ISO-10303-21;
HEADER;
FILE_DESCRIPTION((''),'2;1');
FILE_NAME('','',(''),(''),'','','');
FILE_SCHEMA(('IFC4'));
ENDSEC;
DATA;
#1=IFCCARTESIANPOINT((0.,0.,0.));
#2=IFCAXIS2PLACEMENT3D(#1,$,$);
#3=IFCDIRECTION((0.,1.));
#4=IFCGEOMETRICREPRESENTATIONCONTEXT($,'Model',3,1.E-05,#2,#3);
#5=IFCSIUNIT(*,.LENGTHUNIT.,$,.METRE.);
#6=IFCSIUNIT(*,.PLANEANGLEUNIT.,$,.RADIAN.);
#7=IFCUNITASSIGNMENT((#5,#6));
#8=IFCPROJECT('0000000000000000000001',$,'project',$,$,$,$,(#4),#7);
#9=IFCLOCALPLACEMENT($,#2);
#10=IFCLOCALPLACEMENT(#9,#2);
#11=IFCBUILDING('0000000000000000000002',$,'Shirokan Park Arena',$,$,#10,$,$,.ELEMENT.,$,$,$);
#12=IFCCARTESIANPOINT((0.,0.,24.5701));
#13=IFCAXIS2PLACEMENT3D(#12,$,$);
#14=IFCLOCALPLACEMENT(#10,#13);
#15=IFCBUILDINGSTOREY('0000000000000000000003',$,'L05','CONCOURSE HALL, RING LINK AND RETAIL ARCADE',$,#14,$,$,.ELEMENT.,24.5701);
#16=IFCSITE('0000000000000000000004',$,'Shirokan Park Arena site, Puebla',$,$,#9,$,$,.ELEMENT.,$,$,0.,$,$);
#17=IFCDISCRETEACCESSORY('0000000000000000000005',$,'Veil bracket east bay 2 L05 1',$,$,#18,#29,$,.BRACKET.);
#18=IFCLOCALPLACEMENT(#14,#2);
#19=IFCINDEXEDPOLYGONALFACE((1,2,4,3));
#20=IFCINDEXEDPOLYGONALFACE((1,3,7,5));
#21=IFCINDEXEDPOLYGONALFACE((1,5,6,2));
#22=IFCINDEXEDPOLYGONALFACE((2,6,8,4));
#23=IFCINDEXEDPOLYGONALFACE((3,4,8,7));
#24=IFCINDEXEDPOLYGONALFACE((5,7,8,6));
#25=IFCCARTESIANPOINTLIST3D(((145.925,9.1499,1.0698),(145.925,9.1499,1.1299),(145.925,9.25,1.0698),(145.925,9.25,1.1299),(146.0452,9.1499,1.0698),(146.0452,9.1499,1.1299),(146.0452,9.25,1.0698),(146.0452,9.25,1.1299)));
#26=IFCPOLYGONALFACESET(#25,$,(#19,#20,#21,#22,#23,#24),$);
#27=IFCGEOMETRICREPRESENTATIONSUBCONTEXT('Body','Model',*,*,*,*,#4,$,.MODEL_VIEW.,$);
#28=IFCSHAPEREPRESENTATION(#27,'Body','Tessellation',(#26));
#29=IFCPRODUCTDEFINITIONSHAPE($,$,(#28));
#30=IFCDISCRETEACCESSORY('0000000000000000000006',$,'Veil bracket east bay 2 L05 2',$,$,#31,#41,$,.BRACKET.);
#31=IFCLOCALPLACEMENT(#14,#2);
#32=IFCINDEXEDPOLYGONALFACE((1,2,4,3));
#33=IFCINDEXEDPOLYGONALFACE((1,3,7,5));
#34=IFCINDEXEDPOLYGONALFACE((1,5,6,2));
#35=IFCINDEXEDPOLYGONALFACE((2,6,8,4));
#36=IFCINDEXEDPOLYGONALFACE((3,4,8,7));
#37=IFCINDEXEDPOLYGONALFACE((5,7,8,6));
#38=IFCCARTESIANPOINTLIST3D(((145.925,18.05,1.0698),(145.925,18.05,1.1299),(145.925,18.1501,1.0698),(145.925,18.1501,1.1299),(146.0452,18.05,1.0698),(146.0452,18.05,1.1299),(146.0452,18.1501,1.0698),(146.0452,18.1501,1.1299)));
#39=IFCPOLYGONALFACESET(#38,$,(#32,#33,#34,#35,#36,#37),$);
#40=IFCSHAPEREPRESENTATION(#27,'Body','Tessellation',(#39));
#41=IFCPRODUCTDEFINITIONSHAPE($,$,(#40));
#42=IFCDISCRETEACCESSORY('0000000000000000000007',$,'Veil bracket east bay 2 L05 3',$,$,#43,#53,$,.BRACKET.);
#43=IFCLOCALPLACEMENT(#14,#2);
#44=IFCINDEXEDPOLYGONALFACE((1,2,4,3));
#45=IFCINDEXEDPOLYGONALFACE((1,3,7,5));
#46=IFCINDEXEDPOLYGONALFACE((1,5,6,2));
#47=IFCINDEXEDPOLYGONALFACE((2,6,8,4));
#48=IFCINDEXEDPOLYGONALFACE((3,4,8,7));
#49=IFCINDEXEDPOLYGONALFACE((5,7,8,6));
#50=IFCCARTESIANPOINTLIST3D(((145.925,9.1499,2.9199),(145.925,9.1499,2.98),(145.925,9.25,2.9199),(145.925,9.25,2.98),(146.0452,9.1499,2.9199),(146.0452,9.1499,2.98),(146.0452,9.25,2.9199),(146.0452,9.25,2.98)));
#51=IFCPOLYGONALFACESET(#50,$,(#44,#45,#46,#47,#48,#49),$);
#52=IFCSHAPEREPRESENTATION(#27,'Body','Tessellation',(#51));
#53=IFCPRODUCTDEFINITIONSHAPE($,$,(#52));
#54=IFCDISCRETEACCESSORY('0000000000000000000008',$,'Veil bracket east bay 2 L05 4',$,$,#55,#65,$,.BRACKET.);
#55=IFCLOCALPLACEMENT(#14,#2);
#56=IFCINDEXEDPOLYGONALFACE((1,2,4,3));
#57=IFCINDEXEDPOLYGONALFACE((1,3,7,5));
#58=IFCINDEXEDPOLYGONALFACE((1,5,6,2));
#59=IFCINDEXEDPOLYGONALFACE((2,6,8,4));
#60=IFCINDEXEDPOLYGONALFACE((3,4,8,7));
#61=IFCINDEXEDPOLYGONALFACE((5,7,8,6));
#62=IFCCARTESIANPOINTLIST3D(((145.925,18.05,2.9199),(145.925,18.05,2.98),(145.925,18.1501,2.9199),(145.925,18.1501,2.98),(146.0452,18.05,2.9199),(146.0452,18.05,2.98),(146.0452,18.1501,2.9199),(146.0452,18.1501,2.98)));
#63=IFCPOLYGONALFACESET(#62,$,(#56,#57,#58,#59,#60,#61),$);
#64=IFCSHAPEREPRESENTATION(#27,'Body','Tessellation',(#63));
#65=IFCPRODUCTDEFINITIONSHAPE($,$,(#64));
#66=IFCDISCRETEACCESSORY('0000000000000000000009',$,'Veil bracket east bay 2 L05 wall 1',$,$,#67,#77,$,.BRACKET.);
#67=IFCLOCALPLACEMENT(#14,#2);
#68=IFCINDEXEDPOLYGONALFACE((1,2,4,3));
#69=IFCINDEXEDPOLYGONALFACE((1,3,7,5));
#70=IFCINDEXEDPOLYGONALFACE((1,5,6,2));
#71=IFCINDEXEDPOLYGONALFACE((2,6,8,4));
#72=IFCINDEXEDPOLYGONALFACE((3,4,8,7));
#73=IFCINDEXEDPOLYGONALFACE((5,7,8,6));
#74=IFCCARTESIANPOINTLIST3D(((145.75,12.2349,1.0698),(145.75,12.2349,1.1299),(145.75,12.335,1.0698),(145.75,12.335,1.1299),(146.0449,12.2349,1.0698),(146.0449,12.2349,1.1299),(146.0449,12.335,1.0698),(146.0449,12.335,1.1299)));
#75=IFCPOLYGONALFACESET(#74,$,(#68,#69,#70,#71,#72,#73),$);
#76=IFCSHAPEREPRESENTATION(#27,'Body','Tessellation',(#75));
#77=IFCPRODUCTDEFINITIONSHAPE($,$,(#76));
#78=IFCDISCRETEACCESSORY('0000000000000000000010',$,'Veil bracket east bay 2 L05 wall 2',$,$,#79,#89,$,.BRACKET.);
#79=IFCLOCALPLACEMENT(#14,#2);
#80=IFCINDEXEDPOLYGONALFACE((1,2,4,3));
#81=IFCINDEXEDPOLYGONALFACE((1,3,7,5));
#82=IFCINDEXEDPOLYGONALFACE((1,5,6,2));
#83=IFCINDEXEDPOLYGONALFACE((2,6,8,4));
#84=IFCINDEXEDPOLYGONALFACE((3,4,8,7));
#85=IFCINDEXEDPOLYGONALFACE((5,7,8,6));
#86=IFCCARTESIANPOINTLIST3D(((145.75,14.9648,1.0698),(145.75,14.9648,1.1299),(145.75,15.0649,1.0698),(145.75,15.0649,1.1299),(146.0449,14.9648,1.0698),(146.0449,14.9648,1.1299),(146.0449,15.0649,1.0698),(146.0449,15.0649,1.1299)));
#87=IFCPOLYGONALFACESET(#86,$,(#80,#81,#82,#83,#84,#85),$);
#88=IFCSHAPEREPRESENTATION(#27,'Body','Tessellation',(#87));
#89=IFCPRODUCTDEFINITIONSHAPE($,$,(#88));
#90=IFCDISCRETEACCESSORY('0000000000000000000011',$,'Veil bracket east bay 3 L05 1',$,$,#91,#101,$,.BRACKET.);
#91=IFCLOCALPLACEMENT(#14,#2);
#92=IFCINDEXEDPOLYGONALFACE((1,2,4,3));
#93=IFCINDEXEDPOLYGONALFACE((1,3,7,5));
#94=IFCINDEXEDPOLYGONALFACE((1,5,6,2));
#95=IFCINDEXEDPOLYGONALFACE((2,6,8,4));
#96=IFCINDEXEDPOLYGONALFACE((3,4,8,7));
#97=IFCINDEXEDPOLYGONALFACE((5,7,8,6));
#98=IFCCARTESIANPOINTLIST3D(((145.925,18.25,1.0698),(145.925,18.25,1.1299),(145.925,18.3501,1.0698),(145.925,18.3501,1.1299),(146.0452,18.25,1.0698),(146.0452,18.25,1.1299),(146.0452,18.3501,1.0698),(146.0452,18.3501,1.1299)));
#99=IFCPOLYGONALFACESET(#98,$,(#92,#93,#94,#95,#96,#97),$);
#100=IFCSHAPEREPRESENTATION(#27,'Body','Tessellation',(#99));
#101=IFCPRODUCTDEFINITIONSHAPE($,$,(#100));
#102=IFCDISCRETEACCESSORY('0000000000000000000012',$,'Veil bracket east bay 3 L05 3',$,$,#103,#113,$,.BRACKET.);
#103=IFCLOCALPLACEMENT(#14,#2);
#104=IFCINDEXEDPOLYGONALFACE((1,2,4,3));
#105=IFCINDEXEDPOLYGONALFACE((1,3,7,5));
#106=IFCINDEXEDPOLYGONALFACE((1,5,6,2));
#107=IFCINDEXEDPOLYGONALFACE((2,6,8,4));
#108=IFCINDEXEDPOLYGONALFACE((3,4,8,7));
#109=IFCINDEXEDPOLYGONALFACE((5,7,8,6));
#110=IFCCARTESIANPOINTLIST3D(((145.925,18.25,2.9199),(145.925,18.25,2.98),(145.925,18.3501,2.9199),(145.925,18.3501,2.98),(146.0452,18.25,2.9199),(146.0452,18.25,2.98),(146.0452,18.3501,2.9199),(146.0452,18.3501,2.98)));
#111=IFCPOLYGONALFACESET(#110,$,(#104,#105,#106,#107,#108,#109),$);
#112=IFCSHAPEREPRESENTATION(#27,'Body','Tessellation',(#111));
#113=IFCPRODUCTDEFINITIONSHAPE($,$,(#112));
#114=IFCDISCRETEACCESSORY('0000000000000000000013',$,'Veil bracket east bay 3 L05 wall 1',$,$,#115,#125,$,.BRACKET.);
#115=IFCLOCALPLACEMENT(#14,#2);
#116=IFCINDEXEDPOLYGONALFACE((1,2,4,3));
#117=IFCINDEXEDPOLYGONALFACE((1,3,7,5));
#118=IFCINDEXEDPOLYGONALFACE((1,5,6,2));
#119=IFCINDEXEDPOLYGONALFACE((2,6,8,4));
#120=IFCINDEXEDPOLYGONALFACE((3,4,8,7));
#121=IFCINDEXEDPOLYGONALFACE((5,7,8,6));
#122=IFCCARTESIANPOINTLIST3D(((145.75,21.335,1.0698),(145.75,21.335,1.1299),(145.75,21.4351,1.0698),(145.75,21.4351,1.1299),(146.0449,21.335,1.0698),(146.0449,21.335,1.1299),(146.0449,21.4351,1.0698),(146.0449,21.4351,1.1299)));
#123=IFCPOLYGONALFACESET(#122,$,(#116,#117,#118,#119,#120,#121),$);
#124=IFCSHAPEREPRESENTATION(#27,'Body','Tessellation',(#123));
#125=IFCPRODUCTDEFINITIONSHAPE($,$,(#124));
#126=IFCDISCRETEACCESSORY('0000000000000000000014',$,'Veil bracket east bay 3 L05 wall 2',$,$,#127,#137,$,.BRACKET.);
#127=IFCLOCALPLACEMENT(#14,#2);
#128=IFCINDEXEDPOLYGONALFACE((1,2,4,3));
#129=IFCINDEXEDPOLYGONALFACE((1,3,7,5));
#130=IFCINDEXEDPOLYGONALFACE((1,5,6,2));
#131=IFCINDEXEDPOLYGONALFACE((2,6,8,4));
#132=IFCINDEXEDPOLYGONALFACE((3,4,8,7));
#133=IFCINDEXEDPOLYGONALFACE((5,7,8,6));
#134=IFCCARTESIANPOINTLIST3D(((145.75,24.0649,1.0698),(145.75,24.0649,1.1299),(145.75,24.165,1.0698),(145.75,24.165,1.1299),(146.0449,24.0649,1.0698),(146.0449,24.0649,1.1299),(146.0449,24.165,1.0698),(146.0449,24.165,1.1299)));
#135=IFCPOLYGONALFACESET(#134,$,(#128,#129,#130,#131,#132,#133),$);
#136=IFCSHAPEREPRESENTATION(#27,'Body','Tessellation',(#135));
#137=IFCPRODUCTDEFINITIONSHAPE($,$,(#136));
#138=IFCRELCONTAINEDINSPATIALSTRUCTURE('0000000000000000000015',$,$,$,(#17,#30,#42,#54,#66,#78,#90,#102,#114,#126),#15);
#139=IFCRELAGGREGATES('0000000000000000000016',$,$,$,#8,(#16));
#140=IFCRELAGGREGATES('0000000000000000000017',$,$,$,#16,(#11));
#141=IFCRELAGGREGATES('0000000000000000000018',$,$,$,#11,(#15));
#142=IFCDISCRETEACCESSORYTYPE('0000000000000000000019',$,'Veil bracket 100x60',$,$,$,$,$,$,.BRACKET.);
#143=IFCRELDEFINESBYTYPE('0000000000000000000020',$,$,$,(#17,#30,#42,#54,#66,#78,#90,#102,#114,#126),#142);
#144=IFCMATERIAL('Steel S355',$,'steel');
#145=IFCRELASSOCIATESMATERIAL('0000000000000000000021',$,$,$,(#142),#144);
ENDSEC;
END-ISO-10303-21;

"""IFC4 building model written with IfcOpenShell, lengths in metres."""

from ifc_helpers import new_model, si_unit, direction, frame, origin, origin_2d, place, context, subcontext, project, spatial, rectangle, extrude, material, type_object, element, save


model = new_model("IFC4")

# Units and contexts
model_context = context("Model", 3, precision=1e-05, world=origin(), true_north=direction((0.0, 1.0)))
body_context = subcontext(model_context, "Body", "Model", "MODEL_VIEW")
ifc_project = project(units=[si_unit("LENGTHUNIT", "METRE"), si_unit("PLANEANGLEUNIT", "RADIAN")], contexts=[model_context])

# Site, building, storey
site_placement = place(None, origin())
site = spatial("IfcSite", under=ifc_project, at=site_placement, Name="Shirokan Park Arena site, Puebla", CompositionType="ELEMENT", RefElevation=0.0)
building_placement = place(site_placement, origin())
building = spatial("IfcBuilding", under=site, at=building_placement, Name="Shirokan Park Arena", CompositionType="ELEMENT")
storey_placement = place(building_placement, frame((0.0, 0.0, 24.5701)))
storey = spatial("IfcBuildingStorey", under=building, at=storey_placement, Name="L05", Description="CONCOURSE HALL, RING LINK AND RETAIL ARCADE", CompositionType="ELEMENT", Elevation=24.5701)

# Discrete accessories
ifc_material_1 = material(Name="Steel S355", Category="steel")
discrete_accessory_type = type_object("IfcDiscreteAccessoryType", Name="Veil bracket 100x60", PredefinedType="BRACKET", material=ifc_material_1)
for number, where, z_axis, x_axis, name in (
    (1, (145.9851, 9.2, 1.0698), (0.0, 0.0, 1.0), (0.0, 1.0, 0.0), "Veil bracket east bay 2 L05 1"),
    (2, (145.9851, 18.1001, 1.0698), (0.0, 0.0, 1.0), (0.0, 1.0, 0.0), "Veil bracket east bay 2 L05 2"),
    (3, (145.9851, 9.2, 2.9199), (0.0, 0.0, 1.0), (0.0, 1.0, 0.0), "Veil bracket east bay 2 L05 3"),
    (4, (145.9851, 18.1001, 2.9199), (0.0, 0.0, 1.0), (0.0, 1.0, 0.0), "Veil bracket east bay 2 L05 4"),
):
    element("IfcDiscreteAccessory", number, at=place(storey_placement, frame(where, z_axis=z_axis, x_axis=x_axis)), inside=storey, type_object=discrete_accessory_type, Name=name, PredefinedType="BRACKET", context=body_context, shape_type="SweptSolid", body=[
        extrude(rectangle(XDim=0.1001, YDim=0.1201, at=origin_2d()), origin(), (0.0, 0.0, 1.0), 0.0601),
    ])
for number, where, z_axis, x_axis, name in (
    (5, (145.8975, 12.2849, 1.0698), (0.0, 0.0, 1.0), (0.0, 1.0, 0.0), "Veil bracket east bay 2 L05 wall 1"),
    (6, (145.8975, 15.0149, 1.0698), (0.0, 0.0, 1.0), (0.0, 1.0, 0.0), "Veil bracket east bay 2 L05 wall 2"),
):
    element("IfcDiscreteAccessory", number, at=place(storey_placement, frame(where, z_axis=z_axis, x_axis=x_axis)), inside=storey, type_object=discrete_accessory_type, Name=name, PredefinedType="BRACKET", context=body_context, shape_type="SweptSolid", body=[
        extrude(rectangle(XDim=0.1001, YDim=0.2949, at=origin_2d()), origin(), (0.0, 0.0, 1.0), 0.0601),
    ])
for number, where, z_axis, x_axis, name in (
    (7, (145.9851, 18.3, 1.0698), (0.0, 0.0, 1.0), (0.0, 1.0, 0.0), "Veil bracket east bay 3 L05 1"),
    (8, (145.9851, 18.3, 2.9199), (0.0, 0.0, 1.0), (0.0, 1.0, 0.0), "Veil bracket east bay 3 L05 3"),
):
    element("IfcDiscreteAccessory", number, at=place(storey_placement, frame(where, z_axis=z_axis, x_axis=x_axis)), inside=storey, type_object=discrete_accessory_type, Name=name, PredefinedType="BRACKET", context=body_context, shape_type="SweptSolid", body=[
        extrude(rectangle(XDim=0.1001, YDim=0.1201, at=origin_2d()), origin(), (0.0, 0.0, 1.0), 0.0601),
    ])
for number, where, z_axis, x_axis, name in (
    (9, (145.8975, 21.385, 1.0698), (0.0, 0.0, 1.0), (0.0, 1.0, 0.0), "Veil bracket east bay 3 L05 wall 1"),
    (10, (145.8975, 24.115, 1.0698), (0.0, 0.0, 1.0), (0.0, 1.0, 0.0), "Veil bracket east bay 3 L05 wall 2"),
):
    element("IfcDiscreteAccessory", number, at=place(storey_placement, frame(where, z_axis=z_axis, x_axis=x_axis)), inside=storey, type_object=discrete_accessory_type, Name=name, PredefinedType="BRACKET", context=body_context, shape_type="SweptSolid", body=[
        extrude(rectangle(XDim=0.1001, YDim=0.2949, at=origin_2d()), origin(), (0.0, 0.0, 1.0), 0.0601),
    ])

save(model, "model.ifc")
